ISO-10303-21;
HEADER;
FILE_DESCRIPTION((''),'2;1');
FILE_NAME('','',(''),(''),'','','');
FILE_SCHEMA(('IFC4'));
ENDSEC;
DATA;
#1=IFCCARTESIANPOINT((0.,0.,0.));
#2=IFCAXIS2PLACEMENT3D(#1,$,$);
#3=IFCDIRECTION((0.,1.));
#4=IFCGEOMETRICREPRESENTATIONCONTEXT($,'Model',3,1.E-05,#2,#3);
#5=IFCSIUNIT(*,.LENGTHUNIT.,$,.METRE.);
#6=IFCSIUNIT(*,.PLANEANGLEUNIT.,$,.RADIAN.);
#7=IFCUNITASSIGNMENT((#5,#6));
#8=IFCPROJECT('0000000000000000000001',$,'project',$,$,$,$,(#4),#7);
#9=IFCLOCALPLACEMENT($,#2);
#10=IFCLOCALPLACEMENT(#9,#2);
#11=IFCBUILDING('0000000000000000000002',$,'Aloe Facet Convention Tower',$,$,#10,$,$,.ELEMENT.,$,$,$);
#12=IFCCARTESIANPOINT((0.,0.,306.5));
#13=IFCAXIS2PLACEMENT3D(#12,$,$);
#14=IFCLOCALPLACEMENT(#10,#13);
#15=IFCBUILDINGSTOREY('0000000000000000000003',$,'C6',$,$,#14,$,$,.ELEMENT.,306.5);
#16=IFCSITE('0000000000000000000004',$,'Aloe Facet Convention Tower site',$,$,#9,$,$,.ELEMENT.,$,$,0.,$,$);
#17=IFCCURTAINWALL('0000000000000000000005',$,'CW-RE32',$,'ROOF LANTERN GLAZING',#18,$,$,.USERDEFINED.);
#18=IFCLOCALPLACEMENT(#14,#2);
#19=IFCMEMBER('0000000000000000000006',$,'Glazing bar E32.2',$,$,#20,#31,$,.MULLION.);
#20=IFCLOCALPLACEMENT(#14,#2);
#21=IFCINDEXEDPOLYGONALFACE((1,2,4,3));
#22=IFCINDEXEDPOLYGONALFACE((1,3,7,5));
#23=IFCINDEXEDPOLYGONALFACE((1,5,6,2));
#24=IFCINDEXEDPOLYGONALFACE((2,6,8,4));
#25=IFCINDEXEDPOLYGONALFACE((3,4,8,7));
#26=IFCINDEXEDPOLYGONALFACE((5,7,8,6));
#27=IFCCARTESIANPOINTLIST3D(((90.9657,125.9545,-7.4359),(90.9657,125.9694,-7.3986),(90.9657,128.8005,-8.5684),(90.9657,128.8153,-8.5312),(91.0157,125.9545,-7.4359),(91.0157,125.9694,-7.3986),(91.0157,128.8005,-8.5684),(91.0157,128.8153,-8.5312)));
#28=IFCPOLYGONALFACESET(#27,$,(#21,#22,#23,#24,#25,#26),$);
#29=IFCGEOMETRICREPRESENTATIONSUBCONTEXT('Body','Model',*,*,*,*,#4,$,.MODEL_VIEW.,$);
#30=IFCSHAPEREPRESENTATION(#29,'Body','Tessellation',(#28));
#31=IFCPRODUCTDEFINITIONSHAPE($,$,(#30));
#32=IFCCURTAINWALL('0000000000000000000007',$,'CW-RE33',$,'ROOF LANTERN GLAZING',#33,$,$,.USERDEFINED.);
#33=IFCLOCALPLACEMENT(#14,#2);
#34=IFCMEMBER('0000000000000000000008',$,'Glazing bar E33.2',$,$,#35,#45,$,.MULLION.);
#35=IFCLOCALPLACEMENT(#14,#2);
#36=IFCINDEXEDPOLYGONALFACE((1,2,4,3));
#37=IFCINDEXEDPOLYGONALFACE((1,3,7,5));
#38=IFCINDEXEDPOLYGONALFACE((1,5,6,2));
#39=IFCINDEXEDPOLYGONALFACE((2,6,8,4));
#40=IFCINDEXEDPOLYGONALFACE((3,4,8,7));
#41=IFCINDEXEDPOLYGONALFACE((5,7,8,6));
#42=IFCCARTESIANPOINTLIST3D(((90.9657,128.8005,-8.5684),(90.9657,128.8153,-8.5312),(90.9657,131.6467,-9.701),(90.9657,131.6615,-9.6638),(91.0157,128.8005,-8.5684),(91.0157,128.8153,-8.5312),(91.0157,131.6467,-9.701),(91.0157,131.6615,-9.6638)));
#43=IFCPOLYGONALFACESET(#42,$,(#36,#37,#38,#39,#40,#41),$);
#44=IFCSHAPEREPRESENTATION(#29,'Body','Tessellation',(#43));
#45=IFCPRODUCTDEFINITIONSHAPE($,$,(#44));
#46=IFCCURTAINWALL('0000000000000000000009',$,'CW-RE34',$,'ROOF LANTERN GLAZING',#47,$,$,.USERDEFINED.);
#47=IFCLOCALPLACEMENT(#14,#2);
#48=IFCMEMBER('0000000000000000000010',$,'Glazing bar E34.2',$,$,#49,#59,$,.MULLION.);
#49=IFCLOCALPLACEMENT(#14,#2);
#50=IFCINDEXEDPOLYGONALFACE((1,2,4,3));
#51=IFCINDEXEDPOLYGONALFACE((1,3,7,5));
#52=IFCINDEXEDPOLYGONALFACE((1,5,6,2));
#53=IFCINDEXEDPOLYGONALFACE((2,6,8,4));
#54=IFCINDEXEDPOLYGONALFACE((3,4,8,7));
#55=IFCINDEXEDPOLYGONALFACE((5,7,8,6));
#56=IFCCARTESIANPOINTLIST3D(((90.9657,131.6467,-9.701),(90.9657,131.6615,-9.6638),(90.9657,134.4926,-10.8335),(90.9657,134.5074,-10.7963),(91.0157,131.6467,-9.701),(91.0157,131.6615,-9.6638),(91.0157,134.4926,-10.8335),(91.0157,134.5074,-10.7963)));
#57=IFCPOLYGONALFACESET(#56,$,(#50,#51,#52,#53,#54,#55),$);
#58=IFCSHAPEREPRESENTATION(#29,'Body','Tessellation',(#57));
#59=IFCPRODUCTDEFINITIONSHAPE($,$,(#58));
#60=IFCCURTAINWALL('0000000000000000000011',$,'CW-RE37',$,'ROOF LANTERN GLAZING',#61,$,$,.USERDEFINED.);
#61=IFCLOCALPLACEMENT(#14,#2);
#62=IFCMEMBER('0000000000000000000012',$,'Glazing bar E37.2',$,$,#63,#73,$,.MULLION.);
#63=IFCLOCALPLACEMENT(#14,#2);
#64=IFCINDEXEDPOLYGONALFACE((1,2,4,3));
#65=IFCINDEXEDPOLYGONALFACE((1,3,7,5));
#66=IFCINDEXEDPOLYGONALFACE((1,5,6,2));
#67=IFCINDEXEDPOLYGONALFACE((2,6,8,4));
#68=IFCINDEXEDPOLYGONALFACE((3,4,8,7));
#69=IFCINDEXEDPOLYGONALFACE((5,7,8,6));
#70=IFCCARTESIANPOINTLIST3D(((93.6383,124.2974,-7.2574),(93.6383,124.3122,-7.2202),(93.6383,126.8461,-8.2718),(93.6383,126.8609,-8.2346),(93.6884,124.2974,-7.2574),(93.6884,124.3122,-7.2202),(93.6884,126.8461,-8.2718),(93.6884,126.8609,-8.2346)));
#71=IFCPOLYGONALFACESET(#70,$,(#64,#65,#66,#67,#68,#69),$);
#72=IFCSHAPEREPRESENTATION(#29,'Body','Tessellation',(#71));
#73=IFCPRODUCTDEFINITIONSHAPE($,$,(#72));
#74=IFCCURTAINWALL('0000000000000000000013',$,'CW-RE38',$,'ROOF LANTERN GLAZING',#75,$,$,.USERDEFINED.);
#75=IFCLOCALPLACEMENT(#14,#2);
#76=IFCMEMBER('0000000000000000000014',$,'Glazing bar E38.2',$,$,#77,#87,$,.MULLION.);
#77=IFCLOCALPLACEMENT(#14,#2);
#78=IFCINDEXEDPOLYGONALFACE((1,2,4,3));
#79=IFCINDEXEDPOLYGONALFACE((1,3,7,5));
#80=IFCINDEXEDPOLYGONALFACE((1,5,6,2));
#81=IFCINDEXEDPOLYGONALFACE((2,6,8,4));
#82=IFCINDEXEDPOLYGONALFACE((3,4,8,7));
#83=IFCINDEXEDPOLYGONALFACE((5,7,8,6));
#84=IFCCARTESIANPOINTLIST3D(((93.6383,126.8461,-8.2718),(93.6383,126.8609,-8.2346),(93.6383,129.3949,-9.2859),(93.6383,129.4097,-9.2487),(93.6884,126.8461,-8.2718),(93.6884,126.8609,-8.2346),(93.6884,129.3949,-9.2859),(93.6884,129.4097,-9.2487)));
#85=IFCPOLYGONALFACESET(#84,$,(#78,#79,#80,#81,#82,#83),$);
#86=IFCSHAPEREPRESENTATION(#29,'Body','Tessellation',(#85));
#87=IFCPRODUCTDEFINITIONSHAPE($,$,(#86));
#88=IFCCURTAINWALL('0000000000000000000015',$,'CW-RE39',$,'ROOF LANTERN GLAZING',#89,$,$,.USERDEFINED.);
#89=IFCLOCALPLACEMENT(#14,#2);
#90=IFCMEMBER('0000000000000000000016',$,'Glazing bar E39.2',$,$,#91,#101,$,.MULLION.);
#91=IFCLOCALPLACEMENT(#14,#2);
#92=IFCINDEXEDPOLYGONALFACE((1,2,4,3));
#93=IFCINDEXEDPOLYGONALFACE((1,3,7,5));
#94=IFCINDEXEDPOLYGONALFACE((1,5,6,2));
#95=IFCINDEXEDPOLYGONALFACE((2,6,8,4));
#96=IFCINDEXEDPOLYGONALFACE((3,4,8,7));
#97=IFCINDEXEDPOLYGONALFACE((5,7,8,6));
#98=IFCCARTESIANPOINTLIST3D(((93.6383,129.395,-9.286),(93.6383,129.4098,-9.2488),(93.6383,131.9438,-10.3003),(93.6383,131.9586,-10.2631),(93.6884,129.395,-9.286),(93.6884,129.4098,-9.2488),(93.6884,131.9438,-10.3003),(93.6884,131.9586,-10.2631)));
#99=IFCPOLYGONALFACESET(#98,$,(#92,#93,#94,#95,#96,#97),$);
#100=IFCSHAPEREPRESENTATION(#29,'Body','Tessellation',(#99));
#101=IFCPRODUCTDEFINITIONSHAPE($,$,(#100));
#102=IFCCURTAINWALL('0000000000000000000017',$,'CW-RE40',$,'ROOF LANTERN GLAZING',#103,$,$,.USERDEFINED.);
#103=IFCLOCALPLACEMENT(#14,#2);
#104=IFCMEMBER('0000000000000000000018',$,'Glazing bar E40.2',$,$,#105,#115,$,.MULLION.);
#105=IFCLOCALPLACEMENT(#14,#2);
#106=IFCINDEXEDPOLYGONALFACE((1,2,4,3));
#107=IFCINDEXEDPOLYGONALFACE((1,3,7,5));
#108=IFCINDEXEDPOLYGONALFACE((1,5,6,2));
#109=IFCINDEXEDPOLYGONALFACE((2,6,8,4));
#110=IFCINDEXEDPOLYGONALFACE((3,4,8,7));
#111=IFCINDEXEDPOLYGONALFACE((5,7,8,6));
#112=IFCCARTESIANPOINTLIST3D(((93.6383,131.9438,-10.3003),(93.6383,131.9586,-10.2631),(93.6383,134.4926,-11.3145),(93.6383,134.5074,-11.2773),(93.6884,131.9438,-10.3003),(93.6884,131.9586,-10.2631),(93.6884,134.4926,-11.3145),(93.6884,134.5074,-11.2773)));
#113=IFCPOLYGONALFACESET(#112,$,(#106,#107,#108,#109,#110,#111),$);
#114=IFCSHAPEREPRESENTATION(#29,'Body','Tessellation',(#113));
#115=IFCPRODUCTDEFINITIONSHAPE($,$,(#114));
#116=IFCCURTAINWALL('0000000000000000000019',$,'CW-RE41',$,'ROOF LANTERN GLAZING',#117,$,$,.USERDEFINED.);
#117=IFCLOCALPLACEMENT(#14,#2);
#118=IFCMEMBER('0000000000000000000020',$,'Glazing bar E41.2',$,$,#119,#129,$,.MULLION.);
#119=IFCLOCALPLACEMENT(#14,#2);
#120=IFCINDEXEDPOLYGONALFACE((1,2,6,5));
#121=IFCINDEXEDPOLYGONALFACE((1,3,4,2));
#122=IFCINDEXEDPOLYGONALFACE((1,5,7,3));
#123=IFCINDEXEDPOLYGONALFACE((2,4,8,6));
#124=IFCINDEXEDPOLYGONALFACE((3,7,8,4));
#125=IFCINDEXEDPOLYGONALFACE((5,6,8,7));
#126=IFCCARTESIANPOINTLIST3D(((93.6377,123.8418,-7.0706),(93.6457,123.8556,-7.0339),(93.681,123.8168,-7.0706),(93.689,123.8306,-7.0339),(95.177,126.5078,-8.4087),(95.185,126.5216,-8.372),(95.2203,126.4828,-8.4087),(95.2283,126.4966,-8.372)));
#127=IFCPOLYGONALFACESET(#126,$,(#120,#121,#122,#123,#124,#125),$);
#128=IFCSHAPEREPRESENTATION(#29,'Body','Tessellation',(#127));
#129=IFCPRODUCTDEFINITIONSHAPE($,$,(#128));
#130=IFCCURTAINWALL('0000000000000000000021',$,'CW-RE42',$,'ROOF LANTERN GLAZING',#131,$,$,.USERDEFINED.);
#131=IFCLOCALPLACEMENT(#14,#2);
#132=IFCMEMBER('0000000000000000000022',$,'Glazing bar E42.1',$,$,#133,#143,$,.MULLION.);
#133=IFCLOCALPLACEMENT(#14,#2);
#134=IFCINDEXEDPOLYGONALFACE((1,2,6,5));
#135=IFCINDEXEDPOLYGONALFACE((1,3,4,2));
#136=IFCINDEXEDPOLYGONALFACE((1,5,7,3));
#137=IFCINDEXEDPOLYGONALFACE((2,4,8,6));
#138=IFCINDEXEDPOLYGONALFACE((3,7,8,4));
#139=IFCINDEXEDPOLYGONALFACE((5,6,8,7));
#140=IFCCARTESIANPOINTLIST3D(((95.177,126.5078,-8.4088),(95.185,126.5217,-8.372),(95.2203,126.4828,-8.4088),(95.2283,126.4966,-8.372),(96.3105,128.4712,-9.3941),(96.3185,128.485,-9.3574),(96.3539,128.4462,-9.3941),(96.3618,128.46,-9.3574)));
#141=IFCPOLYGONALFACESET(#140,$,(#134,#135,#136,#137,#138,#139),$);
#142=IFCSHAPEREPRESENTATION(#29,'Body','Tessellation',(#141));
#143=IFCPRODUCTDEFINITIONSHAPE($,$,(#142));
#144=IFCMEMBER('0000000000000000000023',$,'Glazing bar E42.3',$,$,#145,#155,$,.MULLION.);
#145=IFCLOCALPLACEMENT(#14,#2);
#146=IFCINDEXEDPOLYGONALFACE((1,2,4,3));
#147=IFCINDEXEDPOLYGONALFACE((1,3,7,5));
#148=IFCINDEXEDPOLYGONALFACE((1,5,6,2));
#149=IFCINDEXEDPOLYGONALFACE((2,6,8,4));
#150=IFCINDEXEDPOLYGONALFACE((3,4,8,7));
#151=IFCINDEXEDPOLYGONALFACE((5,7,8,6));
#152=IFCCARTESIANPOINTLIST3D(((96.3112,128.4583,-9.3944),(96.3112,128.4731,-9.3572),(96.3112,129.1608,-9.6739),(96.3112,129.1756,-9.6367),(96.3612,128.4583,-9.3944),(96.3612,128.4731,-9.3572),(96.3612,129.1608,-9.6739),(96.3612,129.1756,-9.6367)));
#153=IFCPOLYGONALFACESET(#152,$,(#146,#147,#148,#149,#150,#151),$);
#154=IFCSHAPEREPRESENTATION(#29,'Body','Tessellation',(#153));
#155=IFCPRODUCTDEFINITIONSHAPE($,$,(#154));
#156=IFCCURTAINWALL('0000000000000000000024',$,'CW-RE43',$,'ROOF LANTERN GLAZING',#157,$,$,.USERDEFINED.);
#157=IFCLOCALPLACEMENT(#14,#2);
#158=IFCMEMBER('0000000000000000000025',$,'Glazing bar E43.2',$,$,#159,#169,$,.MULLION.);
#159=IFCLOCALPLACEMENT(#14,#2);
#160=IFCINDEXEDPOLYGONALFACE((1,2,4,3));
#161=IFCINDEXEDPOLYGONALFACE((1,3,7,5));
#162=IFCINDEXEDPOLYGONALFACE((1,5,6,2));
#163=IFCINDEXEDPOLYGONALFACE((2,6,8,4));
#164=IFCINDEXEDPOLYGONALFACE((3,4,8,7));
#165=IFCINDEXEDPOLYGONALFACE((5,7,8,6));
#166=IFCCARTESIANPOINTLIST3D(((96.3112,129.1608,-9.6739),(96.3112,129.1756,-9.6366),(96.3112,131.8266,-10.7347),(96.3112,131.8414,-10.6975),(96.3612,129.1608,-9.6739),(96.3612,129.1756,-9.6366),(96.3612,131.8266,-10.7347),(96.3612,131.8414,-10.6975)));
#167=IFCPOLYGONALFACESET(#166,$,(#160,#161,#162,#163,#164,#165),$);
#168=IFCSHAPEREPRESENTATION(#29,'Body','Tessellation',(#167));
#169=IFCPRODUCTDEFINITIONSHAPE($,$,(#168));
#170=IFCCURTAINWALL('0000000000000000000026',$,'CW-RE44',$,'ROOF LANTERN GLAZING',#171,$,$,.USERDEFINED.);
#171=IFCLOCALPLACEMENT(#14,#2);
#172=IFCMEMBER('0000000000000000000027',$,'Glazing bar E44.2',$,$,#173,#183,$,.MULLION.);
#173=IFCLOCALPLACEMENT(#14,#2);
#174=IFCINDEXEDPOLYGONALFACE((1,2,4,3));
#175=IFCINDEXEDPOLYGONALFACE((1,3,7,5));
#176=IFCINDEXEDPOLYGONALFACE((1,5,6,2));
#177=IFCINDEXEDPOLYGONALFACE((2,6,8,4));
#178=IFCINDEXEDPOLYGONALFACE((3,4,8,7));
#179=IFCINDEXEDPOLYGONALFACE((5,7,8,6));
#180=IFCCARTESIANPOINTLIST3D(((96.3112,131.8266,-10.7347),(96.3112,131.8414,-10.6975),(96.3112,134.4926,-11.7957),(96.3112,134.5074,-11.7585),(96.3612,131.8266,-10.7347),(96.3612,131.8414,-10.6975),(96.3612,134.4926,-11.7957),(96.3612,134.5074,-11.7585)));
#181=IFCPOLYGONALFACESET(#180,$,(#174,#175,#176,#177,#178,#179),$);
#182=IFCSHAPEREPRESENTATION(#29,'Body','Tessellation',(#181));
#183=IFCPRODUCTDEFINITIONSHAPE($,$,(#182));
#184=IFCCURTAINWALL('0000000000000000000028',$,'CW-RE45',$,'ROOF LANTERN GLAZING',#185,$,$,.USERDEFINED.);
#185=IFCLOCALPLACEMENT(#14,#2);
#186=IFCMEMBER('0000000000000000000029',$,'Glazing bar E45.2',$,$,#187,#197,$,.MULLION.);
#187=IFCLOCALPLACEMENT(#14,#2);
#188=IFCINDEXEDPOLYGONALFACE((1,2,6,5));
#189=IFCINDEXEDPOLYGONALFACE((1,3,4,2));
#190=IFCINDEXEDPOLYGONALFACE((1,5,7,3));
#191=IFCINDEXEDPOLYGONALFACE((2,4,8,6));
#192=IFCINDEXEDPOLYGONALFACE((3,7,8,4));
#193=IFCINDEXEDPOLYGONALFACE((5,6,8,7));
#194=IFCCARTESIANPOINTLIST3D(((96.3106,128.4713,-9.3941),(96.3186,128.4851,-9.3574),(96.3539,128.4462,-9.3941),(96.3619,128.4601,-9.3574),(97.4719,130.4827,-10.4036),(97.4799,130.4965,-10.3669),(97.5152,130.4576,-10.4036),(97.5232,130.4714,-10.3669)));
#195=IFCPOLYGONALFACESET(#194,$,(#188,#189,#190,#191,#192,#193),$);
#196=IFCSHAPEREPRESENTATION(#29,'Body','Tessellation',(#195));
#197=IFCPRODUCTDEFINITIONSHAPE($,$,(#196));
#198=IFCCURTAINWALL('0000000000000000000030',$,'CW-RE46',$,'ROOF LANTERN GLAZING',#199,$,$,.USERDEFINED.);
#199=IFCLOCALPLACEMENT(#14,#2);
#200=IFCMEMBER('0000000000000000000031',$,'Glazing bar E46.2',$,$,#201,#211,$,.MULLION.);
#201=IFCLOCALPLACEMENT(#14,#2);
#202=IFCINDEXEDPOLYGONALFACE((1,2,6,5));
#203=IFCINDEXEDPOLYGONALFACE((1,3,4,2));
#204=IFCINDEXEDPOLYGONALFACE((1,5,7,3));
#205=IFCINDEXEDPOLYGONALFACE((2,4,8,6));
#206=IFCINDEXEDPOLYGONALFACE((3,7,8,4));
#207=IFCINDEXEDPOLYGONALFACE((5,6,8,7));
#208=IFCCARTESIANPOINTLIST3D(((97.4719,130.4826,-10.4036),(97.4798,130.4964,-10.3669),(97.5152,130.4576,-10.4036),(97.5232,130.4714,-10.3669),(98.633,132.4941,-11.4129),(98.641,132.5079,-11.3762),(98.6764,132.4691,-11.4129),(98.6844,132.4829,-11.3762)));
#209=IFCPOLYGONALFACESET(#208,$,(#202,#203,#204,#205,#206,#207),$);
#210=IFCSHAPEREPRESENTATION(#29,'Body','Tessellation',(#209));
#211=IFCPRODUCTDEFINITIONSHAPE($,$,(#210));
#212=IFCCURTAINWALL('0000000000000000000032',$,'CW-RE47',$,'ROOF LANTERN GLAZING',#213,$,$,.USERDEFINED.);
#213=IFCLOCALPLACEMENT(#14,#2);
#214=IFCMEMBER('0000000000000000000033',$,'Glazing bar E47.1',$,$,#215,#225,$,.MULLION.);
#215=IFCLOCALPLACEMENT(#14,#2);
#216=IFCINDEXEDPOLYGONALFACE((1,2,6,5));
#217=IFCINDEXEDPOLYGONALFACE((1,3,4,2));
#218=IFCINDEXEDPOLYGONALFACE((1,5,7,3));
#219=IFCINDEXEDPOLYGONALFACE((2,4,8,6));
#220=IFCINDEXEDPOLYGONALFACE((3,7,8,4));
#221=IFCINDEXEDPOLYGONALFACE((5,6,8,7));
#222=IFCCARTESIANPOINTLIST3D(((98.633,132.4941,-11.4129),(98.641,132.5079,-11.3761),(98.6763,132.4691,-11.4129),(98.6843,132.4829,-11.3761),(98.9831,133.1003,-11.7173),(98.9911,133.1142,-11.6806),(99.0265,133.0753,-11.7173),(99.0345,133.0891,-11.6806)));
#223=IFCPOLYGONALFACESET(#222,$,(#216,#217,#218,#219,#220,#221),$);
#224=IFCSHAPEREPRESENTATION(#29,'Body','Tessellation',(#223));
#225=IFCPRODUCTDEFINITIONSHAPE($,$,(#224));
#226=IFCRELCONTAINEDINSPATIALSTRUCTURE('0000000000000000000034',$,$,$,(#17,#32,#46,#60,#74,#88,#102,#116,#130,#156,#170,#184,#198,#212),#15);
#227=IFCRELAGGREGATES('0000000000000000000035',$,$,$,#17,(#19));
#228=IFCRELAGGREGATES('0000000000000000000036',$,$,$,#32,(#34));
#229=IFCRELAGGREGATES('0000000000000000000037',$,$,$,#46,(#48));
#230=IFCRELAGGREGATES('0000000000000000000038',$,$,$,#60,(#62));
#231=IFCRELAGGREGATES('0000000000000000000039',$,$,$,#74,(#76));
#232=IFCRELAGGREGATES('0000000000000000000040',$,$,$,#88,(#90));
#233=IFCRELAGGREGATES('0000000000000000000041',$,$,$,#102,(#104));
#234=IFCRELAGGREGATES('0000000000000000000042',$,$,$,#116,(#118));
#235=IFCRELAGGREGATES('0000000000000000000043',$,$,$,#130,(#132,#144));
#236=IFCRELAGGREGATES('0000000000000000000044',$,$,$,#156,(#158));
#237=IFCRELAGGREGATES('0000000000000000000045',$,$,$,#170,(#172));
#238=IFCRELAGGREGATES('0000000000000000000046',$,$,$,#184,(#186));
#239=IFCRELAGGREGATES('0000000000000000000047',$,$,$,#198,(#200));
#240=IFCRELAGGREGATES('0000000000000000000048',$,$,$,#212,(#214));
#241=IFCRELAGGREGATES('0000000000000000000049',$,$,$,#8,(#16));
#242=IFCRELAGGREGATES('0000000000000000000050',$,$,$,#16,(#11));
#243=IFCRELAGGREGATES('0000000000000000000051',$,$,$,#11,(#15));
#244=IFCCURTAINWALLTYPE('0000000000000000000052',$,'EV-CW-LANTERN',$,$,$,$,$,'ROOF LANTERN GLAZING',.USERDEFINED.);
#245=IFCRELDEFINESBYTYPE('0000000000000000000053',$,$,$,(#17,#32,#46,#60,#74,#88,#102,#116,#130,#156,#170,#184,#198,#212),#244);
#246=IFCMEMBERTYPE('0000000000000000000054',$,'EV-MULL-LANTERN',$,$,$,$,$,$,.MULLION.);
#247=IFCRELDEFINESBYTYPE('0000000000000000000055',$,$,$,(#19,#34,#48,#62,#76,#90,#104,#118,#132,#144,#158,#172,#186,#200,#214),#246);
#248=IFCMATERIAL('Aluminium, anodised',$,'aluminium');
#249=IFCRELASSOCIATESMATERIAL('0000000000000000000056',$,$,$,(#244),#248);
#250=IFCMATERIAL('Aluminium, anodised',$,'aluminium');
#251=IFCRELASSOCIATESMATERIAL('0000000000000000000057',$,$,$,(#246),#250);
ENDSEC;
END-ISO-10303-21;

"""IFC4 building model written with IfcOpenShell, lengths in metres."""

from ifc_helpers import new_model, si_unit, direction, frame, origin, origin_2d, place, context, subcontext, project, spatial, rectangle, extrude, material, material_profile, profile_set, type_object, element, aggregate, save


model = new_model("IFC4")

# Units and contexts
model_context = context("Model", 3, precision=1e-05, world=origin(), true_north=direction((0.0, 1.0)))
body_context = subcontext(model_context, "Body", "Model", "MODEL_VIEW")
ifc_project = project(units=[si_unit("LENGTHUNIT", "METRE"), si_unit("PLANEANGLEUNIT", "RADIAN")], contexts=[model_context])

# Site, building, storey
site_placement = place(None, origin())
site = spatial("IfcSite", under=ifc_project, at=site_placement, Name="Aloe Facet Convention Tower site", CompositionType="ELEMENT", RefElevation=0.0)
building_placement = place(site_placement, origin())
building = spatial("IfcBuilding", under=site, at=building_placement, Name="Aloe Facet Convention Tower", CompositionType="ELEMENT")
storey_placement = place(building_placement, frame((0.0, 0.0, 306.5)))
storey = spatial("IfcBuildingStorey", under=building, at=storey_placement, Name="C6", CompositionType="ELEMENT", Elevation=306.5)

# Curtain walls, members
ifc_material_1 = material(Name="Aluminium, anodised", Category="aluminium")
curtain_wall_type = type_object("IfcCurtainWallType", Name="EV-CW-LANTERN", ElementType="ROOF LANTERN GLAZING", PredefinedType="USERDEFINED", material=ifc_material_1)
curtain_wall_1_placement = place(storey_placement, origin())
curtain_wall_1 = element("IfcCurtainWall", 1, at=curtain_wall_1_placement, inside=storey, type_object=curtain_wall_type, Name="CW-RE32", ObjectType="ROOF LANTERN GLAZING", PredefinedType="USERDEFINED")
ifc_material_2 = material(Name="Aluminium, anodised", Category="aluminium")
ifc_material_profile_1 = material_profile(ifc_material_2, rectangle(XDim=0.05, YDim=0.04, at=origin_2d()), Name="AL 50x40")
ifc_profile_set_1 = profile_set([ifc_material_profile_1], Name="Aluminium, anodised")
member_type_1 = type_object("IfcMemberType", Name="EV-MULL-LANTERN", PredefinedType="MULLION", material=ifc_profile_set_1)
member_1_placement = place(storey_placement, frame((90.9907, 128.8079, -8.5498), z_axis=(0.0, -0.929129, 0.369755), x_axis=(1.0, 0.0, 0.0)))
member_1 = element("IfcMember", 2, at=member_1_placement, type_object=member_type_1, Name="Glazing bar E32.2", PredefinedType="MULLION", context=body_context, shape_type="SweptSolid", body=[
    extrude(rectangle(XDim=0.05, YDim=0.04, at=origin_2d()), origin(), (0.0, 0.0, 1.0), 3.063),
])
aggregate(curtain_wall_1, [member_1])
curtain_wall_2_placement = place(storey_placement, origin())
curtain_wall_2 = element("IfcCurtainWall", 3, at=curtain_wall_2_placement, inside=storey, type_object=curtain_wall_type, Name="CW-RE33", ObjectType="ROOF LANTERN GLAZING", PredefinedType="USERDEFINED")
member_2_placement = place(storey_placement, frame((90.9907, 131.6541, -9.6824), z_axis=(0.0, -0.92914, 0.369727), x_axis=(1.0, 0.0, 0.0)))
member_2 = element("IfcMember", 4, at=member_2_placement, type_object=member_type_1, Name="Glazing bar E33.2", PredefinedType="MULLION", context=body_context, shape_type="SweptSolid", body=[
    extrude(rectangle(XDim=0.05, YDim=0.04, at=origin_2d()), origin(), (0.0, 0.0, 1.0), 3.0632),
])
curtain_wall_3_placement = place(storey_placement, origin())
curtain_wall_3 = element("IfcCurtainWall", 5, at=curtain_wall_3_placement, inside=storey, type_object=curtain_wall_type, Name="CW-RE34", ObjectType="ROOF LANTERN GLAZING", PredefinedType="USERDEFINED")
member_3_placement = place(storey_placement, frame((90.9907, 134.5, -10.8149), z_axis=(0.0, -0.929129, 0.369755), x_axis=(1.0, 0.0, 0.0)))
member_3 = element("IfcMember", 6, at=member_3_placement, type_object=member_type_1, Name="Glazing bar E34.2", PredefinedType="MULLION", context=body_context, shape_type="SweptSolid", body=[
    extrude(rectangle(XDim=0.05, YDim=0.04, at=origin_2d()), origin(), (0.0, 0.0, 1.0), 3.063),
])
curtain_wall_4_placement = place(storey_placement, origin())
curtain_wall_4 = element("IfcCurtainWall", 7, at=curtain_wall_4_placement, inside=storey, type_object=curtain_wall_type, Name="CW-RE37", ObjectType="ROOF LANTERN GLAZING", PredefinedType="USERDEFINED")
member_4_placement = place(storey_placement, frame((93.6633, 126.8535, -8.2532), z_axis=(0.0, -0.92912, 0.369779), x_axis=(1.0, 0.0, 0.0)))
member_4 = element("IfcMember", 8, at=member_4_placement, type_object=member_type_1, Name="Glazing bar E37.2", PredefinedType="MULLION", context=body_context, shape_type="SweptSolid", body=[
    extrude(rectangle(XDim=0.05, YDim=0.04, at=origin_2d()), origin(), (0.0, 0.0, 1.0), 2.7432),
])
curtain_wall_5_placement = place(storey_placement, origin())
curtain_wall_5 = element("IfcCurtainWall", 9, at=curtain_wall_5_placement, inside=storey, type_object=curtain_wall_type, Name="CW-RE38", ObjectType="ROOF LANTERN GLAZING", PredefinedType="USERDEFINED")
member_5_placement = place(storey_placement, frame((93.6633, 129.4023, -9.2673), z_axis=(0.0, -0.92915, 0.369702), x_axis=(1.0, 0.0, 0.0)))
member_5 = element("IfcMember", 10, at=member_5_placement, type_object=member_type_1, Name="Glazing bar E38.2", PredefinedType="MULLION", context=body_context, shape_type="SweptSolid", body=[
    extrude(rectangle(XDim=0.05, YDim=0.04, at=origin_2d()), origin(), (0.0, 0.0, 1.0), 2.7432),
])
curtain_wall_6_placement = place(storey_placement, origin())
curtain_wall_6 = element("IfcCurtainWall", 11, at=curtain_wall_6_placement, inside=storey, type_object=curtain_wall_type, Name="CW-RE39", ObjectType="ROOF LANTERN GLAZING", PredefinedType="USERDEFINED")
member_6_placement = place(storey_placement, frame((93.6633, 131.9512, -10.2817), z_axis=(0.0, -0.92912, 0.369779), x_axis=(1.0, 0.0, 0.0)))
member_6 = element("IfcMember", 12, at=member_6_placement, type_object=member_type_1, Name="Glazing bar E39.2", PredefinedType="MULLION", context=body_context, shape_type="SweptSolid", body=[
    extrude(rectangle(XDim=0.05, YDim=0.04, at=origin_2d()), origin(), (0.0, 0.0, 1.0), 2.7432),
])
curtain_wall_7_placement = place(storey_placement, origin())
curtain_wall_7 = element("IfcCurtainWall", 13, at=curtain_wall_7_placement, inside=storey, type_object=curtain_wall_type, Name="CW-RE40", ObjectType="ROOF LANTERN GLAZING", PredefinedType="USERDEFINED")
member_7_placement = place(storey_placement, frame((93.6633, 134.5, -11.2959), z_axis=(0.0, -0.92915, 0.369702), x_axis=(1.0, 0.0, 0.0)))
member_7 = element("IfcMember", 14, at=member_7_placement, type_object=member_type_1, Name="Glazing bar E40.2", PredefinedType="MULLION", context=body_context, shape_type="SweptSolid", body=[
    extrude(rectangle(XDim=0.05, YDim=0.04, at=origin_2d()), origin(), (0.0, 0.0, 1.0), 2.7432),
])
curtain_wall_8_placement = place(storey_placement, origin())
curtain_wall_8 = element("IfcCurtainWall", 15, at=curtain_wall_8_placement, inside=storey, type_object=curtain_wall_type, Name="CW-RE41", ObjectType="ROOF LANTERN GLAZING", PredefinedType="USERDEFINED")
member_8_placement = place(storey_placement, frame((95.2026, 126.5022, -8.3904), z_axis=(-0.458572, -0.794227, 0.398641), x_axis=(0.866014, -0.50002, 0.0)))
member_8 = element("IfcMember", 16, at=member_8_placement, type_object=member_type_1, Name="Glazing bar E41.2", PredefinedType="MULLION", context=body_context, shape_type="SweptSolid", body=[
    extrude(rectangle(XDim=0.05, YDim=0.04, at=origin_2d()), origin(), (0.0, 0.0, 1.0), 3.3567),
])

# Curtain wall, members
curtain_wall_9_placement = place(storey_placement, origin())
curtain_wall_9 = element("IfcCurtainWall", 17, at=curtain_wall_9_placement, inside=storey, type_object=curtain_wall_type, Name="CW-RE42", ObjectType="ROOF LANTERN GLAZING", PredefinedType="USERDEFINED")
member_9_placement = place(storey_placement, frame((96.3362, 128.4656, -9.3757), z_axis=(-0.458557, -0.794253, 0.398608), x_axis=(0.866028, -0.499996, 0.0)))
member_9 = element("IfcMember", 18, at=member_9_placement, type_object=member_type_1, Name="Glazing bar E42.1", PredefinedType="MULLION", context=body_context, shape_type="SweptSolid", body=[
    extrude(rectangle(XDim=0.05, YDim=0.04, at=origin_2d()), origin(), (0.0, 0.0, 1.0), 2.4719),
])
member_10_placement = place(storey_placement, frame((96.3362, 129.1682, -9.6553), z_axis=(0.0, -0.929165, 0.369664), x_axis=(1.0, 0.0, 0.0)))
member_10 = element("IfcMember", 19, at=member_10_placement, type_object=member_type_1, Name="Glazing bar E42.3", PredefinedType="MULLION", context=body_context, shape_type="SweptSolid", body=[
    extrude(rectangle(XDim=0.05, YDim=0.04, at=origin_2d()), origin(), (0.0, 0.0, 1.0), 0.7561),
])

# Curtain walls, members
curtain_wall_10_placement = place(storey_placement, origin())
curtain_wall_10 = element("IfcCurtainWall", 20, at=curtain_wall_10_placement, inside=storey, type_object=curtain_wall_type, Name="CW-RE43", ObjectType="ROOF LANTERN GLAZING", PredefinedType="USERDEFINED")
member_11_placement = place(storey_placement, frame((96.3362, 131.834, -10.7161), z_axis=(0.0, -0.929138, 0.369732), x_axis=(1.0, 0.0, 0.0)))
member_11 = element("IfcMember", 21, at=member_11_placement, type_object=member_type_1, Name="Glazing bar E43.2", PredefinedType="MULLION", context=body_context, shape_type="SweptSolid", body=[
    extrude(rectangle(XDim=0.05, YDim=0.04, at=origin_2d()), origin(), (0.0, 0.0, 1.0), 2.8691),
])
curtain_wall_11_placement = place(storey_placement, origin())
curtain_wall_11 = element("IfcCurtainWall", 22, at=curtain_wall_11_placement, inside=storey, type_object=curtain_wall_type, Name="CW-RE44", ObjectType="ROOF LANTERN GLAZING", PredefinedType="USERDEFINED")
member_12_placement = place(storey_placement, frame((96.3362, 134.5, -11.7771), z_axis=(0.0, -0.929121, 0.369776), x_axis=(1.0, 0.0, 0.0)))
member_12 = element("IfcMember", 23, at=member_12_placement, type_object=member_type_1, Name="Glazing bar E44.2", PredefinedType="MULLION", context=body_context, shape_type="SweptSolid", body=[
    extrude(rectangle(XDim=0.05, YDim=0.04, at=origin_2d()), origin(), (0.0, 0.0, 1.0), 2.8694),
])
curtain_wall_12_placement = place(storey_placement, origin())
curtain_wall_12 = element("IfcCurtainWall", 24, at=curtain_wall_12_placement, inside=storey, type_object=curtain_wall_type, Name="CW-RE45", ObjectType="ROOF LANTERN GLAZING", PredefinedType="USERDEFINED")
member_13_placement = place(storey_placement, frame((97.4976, 130.4771, -10.3853), z_axis=(-0.458575, -0.794239, 0.398614), x_axis=(0.866016, -0.500017, 0.0)))
member_13 = element("IfcMember", 25, at=member_13_placement, type_object=member_type_1, Name="Glazing bar E45.2", PredefinedType="MULLION", context=body_context, shape_type="SweptSolid", body=[
    extrude(rectangle(XDim=0.05, YDim=0.04, at=origin_2d()), origin(), (0.0, 0.0, 1.0), 2.5325),
])
curtain_wall_13_placement = place(storey_placement, origin())
curtain_wall_13 = element("IfcCurtainWall", 26, at=curtain_wall_13_placement, inside=storey, type_object=curtain_wall_type, Name="CW-RE46", ObjectType="ROOF LANTERN GLAZING", PredefinedType="USERDEFINED")
member_14_placement = place(storey_placement, frame((98.6587, 132.4885, -11.3945), z_axis=(-0.458516, -0.794305, 0.39855), x_axis=(0.866061, -0.499938, 0.0)))
member_14 = element("IfcMember", 27, at=member_14_placement, type_object=member_type_1, Name="Glazing bar E46.2", PredefinedType="MULLION", context=body_context, shape_type="SweptSolid", body=[
    extrude(rectangle(XDim=0.05, YDim=0.04, at=origin_2d()), origin(), (0.0, 0.0, 1.0), 2.5325),
])

# Curtain wall, member
curtain_wall_14_placement = place(storey_placement, origin())
curtain_wall_14 = element("IfcCurtainWall", 28, at=curtain_wall_14_placement, inside=storey, type_object=curtain_wall_type, Name="CW-RE47", ObjectType="ROOF LANTERN GLAZING", PredefinedType="USERDEFINED")
member_15_placement = place(storey_placement, frame((99.0088, 133.0947, -11.699), z_axis=(-0.458621, -0.794112, 0.398815), x_axis=(0.865959, -0.500115, 0.0)))
member_15 = element("IfcMember", 29, at=member_15_placement, type_object=member_type_1, Name="Glazing bar E47.1", PredefinedType="MULLION", context=body_context, shape_type="SweptSolid", body=[
    extrude(rectangle(XDim=0.05, YDim=0.04, at=origin_2d()), origin(), (0.0, 0.0, 1.0), 0.7634),
])

aggregate(curtain_wall_2, [member_2])
aggregate(curtain_wall_3, [member_3])
aggregate(curtain_wall_4, [member_4])
aggregate(curtain_wall_5, [member_5])
aggregate(curtain_wall_6, [member_6])
aggregate(curtain_wall_7, [member_7])
aggregate(curtain_wall_8, [member_8])
aggregate(curtain_wall_9, [member_9, member_10])
aggregate(curtain_wall_10, [member_11])
aggregate(curtain_wall_11, [member_12])
aggregate(curtain_wall_12, [member_13])
aggregate(curtain_wall_13, [member_14])
aggregate(curtain_wall_14, [member_15])

save(model, "model.ifc")
